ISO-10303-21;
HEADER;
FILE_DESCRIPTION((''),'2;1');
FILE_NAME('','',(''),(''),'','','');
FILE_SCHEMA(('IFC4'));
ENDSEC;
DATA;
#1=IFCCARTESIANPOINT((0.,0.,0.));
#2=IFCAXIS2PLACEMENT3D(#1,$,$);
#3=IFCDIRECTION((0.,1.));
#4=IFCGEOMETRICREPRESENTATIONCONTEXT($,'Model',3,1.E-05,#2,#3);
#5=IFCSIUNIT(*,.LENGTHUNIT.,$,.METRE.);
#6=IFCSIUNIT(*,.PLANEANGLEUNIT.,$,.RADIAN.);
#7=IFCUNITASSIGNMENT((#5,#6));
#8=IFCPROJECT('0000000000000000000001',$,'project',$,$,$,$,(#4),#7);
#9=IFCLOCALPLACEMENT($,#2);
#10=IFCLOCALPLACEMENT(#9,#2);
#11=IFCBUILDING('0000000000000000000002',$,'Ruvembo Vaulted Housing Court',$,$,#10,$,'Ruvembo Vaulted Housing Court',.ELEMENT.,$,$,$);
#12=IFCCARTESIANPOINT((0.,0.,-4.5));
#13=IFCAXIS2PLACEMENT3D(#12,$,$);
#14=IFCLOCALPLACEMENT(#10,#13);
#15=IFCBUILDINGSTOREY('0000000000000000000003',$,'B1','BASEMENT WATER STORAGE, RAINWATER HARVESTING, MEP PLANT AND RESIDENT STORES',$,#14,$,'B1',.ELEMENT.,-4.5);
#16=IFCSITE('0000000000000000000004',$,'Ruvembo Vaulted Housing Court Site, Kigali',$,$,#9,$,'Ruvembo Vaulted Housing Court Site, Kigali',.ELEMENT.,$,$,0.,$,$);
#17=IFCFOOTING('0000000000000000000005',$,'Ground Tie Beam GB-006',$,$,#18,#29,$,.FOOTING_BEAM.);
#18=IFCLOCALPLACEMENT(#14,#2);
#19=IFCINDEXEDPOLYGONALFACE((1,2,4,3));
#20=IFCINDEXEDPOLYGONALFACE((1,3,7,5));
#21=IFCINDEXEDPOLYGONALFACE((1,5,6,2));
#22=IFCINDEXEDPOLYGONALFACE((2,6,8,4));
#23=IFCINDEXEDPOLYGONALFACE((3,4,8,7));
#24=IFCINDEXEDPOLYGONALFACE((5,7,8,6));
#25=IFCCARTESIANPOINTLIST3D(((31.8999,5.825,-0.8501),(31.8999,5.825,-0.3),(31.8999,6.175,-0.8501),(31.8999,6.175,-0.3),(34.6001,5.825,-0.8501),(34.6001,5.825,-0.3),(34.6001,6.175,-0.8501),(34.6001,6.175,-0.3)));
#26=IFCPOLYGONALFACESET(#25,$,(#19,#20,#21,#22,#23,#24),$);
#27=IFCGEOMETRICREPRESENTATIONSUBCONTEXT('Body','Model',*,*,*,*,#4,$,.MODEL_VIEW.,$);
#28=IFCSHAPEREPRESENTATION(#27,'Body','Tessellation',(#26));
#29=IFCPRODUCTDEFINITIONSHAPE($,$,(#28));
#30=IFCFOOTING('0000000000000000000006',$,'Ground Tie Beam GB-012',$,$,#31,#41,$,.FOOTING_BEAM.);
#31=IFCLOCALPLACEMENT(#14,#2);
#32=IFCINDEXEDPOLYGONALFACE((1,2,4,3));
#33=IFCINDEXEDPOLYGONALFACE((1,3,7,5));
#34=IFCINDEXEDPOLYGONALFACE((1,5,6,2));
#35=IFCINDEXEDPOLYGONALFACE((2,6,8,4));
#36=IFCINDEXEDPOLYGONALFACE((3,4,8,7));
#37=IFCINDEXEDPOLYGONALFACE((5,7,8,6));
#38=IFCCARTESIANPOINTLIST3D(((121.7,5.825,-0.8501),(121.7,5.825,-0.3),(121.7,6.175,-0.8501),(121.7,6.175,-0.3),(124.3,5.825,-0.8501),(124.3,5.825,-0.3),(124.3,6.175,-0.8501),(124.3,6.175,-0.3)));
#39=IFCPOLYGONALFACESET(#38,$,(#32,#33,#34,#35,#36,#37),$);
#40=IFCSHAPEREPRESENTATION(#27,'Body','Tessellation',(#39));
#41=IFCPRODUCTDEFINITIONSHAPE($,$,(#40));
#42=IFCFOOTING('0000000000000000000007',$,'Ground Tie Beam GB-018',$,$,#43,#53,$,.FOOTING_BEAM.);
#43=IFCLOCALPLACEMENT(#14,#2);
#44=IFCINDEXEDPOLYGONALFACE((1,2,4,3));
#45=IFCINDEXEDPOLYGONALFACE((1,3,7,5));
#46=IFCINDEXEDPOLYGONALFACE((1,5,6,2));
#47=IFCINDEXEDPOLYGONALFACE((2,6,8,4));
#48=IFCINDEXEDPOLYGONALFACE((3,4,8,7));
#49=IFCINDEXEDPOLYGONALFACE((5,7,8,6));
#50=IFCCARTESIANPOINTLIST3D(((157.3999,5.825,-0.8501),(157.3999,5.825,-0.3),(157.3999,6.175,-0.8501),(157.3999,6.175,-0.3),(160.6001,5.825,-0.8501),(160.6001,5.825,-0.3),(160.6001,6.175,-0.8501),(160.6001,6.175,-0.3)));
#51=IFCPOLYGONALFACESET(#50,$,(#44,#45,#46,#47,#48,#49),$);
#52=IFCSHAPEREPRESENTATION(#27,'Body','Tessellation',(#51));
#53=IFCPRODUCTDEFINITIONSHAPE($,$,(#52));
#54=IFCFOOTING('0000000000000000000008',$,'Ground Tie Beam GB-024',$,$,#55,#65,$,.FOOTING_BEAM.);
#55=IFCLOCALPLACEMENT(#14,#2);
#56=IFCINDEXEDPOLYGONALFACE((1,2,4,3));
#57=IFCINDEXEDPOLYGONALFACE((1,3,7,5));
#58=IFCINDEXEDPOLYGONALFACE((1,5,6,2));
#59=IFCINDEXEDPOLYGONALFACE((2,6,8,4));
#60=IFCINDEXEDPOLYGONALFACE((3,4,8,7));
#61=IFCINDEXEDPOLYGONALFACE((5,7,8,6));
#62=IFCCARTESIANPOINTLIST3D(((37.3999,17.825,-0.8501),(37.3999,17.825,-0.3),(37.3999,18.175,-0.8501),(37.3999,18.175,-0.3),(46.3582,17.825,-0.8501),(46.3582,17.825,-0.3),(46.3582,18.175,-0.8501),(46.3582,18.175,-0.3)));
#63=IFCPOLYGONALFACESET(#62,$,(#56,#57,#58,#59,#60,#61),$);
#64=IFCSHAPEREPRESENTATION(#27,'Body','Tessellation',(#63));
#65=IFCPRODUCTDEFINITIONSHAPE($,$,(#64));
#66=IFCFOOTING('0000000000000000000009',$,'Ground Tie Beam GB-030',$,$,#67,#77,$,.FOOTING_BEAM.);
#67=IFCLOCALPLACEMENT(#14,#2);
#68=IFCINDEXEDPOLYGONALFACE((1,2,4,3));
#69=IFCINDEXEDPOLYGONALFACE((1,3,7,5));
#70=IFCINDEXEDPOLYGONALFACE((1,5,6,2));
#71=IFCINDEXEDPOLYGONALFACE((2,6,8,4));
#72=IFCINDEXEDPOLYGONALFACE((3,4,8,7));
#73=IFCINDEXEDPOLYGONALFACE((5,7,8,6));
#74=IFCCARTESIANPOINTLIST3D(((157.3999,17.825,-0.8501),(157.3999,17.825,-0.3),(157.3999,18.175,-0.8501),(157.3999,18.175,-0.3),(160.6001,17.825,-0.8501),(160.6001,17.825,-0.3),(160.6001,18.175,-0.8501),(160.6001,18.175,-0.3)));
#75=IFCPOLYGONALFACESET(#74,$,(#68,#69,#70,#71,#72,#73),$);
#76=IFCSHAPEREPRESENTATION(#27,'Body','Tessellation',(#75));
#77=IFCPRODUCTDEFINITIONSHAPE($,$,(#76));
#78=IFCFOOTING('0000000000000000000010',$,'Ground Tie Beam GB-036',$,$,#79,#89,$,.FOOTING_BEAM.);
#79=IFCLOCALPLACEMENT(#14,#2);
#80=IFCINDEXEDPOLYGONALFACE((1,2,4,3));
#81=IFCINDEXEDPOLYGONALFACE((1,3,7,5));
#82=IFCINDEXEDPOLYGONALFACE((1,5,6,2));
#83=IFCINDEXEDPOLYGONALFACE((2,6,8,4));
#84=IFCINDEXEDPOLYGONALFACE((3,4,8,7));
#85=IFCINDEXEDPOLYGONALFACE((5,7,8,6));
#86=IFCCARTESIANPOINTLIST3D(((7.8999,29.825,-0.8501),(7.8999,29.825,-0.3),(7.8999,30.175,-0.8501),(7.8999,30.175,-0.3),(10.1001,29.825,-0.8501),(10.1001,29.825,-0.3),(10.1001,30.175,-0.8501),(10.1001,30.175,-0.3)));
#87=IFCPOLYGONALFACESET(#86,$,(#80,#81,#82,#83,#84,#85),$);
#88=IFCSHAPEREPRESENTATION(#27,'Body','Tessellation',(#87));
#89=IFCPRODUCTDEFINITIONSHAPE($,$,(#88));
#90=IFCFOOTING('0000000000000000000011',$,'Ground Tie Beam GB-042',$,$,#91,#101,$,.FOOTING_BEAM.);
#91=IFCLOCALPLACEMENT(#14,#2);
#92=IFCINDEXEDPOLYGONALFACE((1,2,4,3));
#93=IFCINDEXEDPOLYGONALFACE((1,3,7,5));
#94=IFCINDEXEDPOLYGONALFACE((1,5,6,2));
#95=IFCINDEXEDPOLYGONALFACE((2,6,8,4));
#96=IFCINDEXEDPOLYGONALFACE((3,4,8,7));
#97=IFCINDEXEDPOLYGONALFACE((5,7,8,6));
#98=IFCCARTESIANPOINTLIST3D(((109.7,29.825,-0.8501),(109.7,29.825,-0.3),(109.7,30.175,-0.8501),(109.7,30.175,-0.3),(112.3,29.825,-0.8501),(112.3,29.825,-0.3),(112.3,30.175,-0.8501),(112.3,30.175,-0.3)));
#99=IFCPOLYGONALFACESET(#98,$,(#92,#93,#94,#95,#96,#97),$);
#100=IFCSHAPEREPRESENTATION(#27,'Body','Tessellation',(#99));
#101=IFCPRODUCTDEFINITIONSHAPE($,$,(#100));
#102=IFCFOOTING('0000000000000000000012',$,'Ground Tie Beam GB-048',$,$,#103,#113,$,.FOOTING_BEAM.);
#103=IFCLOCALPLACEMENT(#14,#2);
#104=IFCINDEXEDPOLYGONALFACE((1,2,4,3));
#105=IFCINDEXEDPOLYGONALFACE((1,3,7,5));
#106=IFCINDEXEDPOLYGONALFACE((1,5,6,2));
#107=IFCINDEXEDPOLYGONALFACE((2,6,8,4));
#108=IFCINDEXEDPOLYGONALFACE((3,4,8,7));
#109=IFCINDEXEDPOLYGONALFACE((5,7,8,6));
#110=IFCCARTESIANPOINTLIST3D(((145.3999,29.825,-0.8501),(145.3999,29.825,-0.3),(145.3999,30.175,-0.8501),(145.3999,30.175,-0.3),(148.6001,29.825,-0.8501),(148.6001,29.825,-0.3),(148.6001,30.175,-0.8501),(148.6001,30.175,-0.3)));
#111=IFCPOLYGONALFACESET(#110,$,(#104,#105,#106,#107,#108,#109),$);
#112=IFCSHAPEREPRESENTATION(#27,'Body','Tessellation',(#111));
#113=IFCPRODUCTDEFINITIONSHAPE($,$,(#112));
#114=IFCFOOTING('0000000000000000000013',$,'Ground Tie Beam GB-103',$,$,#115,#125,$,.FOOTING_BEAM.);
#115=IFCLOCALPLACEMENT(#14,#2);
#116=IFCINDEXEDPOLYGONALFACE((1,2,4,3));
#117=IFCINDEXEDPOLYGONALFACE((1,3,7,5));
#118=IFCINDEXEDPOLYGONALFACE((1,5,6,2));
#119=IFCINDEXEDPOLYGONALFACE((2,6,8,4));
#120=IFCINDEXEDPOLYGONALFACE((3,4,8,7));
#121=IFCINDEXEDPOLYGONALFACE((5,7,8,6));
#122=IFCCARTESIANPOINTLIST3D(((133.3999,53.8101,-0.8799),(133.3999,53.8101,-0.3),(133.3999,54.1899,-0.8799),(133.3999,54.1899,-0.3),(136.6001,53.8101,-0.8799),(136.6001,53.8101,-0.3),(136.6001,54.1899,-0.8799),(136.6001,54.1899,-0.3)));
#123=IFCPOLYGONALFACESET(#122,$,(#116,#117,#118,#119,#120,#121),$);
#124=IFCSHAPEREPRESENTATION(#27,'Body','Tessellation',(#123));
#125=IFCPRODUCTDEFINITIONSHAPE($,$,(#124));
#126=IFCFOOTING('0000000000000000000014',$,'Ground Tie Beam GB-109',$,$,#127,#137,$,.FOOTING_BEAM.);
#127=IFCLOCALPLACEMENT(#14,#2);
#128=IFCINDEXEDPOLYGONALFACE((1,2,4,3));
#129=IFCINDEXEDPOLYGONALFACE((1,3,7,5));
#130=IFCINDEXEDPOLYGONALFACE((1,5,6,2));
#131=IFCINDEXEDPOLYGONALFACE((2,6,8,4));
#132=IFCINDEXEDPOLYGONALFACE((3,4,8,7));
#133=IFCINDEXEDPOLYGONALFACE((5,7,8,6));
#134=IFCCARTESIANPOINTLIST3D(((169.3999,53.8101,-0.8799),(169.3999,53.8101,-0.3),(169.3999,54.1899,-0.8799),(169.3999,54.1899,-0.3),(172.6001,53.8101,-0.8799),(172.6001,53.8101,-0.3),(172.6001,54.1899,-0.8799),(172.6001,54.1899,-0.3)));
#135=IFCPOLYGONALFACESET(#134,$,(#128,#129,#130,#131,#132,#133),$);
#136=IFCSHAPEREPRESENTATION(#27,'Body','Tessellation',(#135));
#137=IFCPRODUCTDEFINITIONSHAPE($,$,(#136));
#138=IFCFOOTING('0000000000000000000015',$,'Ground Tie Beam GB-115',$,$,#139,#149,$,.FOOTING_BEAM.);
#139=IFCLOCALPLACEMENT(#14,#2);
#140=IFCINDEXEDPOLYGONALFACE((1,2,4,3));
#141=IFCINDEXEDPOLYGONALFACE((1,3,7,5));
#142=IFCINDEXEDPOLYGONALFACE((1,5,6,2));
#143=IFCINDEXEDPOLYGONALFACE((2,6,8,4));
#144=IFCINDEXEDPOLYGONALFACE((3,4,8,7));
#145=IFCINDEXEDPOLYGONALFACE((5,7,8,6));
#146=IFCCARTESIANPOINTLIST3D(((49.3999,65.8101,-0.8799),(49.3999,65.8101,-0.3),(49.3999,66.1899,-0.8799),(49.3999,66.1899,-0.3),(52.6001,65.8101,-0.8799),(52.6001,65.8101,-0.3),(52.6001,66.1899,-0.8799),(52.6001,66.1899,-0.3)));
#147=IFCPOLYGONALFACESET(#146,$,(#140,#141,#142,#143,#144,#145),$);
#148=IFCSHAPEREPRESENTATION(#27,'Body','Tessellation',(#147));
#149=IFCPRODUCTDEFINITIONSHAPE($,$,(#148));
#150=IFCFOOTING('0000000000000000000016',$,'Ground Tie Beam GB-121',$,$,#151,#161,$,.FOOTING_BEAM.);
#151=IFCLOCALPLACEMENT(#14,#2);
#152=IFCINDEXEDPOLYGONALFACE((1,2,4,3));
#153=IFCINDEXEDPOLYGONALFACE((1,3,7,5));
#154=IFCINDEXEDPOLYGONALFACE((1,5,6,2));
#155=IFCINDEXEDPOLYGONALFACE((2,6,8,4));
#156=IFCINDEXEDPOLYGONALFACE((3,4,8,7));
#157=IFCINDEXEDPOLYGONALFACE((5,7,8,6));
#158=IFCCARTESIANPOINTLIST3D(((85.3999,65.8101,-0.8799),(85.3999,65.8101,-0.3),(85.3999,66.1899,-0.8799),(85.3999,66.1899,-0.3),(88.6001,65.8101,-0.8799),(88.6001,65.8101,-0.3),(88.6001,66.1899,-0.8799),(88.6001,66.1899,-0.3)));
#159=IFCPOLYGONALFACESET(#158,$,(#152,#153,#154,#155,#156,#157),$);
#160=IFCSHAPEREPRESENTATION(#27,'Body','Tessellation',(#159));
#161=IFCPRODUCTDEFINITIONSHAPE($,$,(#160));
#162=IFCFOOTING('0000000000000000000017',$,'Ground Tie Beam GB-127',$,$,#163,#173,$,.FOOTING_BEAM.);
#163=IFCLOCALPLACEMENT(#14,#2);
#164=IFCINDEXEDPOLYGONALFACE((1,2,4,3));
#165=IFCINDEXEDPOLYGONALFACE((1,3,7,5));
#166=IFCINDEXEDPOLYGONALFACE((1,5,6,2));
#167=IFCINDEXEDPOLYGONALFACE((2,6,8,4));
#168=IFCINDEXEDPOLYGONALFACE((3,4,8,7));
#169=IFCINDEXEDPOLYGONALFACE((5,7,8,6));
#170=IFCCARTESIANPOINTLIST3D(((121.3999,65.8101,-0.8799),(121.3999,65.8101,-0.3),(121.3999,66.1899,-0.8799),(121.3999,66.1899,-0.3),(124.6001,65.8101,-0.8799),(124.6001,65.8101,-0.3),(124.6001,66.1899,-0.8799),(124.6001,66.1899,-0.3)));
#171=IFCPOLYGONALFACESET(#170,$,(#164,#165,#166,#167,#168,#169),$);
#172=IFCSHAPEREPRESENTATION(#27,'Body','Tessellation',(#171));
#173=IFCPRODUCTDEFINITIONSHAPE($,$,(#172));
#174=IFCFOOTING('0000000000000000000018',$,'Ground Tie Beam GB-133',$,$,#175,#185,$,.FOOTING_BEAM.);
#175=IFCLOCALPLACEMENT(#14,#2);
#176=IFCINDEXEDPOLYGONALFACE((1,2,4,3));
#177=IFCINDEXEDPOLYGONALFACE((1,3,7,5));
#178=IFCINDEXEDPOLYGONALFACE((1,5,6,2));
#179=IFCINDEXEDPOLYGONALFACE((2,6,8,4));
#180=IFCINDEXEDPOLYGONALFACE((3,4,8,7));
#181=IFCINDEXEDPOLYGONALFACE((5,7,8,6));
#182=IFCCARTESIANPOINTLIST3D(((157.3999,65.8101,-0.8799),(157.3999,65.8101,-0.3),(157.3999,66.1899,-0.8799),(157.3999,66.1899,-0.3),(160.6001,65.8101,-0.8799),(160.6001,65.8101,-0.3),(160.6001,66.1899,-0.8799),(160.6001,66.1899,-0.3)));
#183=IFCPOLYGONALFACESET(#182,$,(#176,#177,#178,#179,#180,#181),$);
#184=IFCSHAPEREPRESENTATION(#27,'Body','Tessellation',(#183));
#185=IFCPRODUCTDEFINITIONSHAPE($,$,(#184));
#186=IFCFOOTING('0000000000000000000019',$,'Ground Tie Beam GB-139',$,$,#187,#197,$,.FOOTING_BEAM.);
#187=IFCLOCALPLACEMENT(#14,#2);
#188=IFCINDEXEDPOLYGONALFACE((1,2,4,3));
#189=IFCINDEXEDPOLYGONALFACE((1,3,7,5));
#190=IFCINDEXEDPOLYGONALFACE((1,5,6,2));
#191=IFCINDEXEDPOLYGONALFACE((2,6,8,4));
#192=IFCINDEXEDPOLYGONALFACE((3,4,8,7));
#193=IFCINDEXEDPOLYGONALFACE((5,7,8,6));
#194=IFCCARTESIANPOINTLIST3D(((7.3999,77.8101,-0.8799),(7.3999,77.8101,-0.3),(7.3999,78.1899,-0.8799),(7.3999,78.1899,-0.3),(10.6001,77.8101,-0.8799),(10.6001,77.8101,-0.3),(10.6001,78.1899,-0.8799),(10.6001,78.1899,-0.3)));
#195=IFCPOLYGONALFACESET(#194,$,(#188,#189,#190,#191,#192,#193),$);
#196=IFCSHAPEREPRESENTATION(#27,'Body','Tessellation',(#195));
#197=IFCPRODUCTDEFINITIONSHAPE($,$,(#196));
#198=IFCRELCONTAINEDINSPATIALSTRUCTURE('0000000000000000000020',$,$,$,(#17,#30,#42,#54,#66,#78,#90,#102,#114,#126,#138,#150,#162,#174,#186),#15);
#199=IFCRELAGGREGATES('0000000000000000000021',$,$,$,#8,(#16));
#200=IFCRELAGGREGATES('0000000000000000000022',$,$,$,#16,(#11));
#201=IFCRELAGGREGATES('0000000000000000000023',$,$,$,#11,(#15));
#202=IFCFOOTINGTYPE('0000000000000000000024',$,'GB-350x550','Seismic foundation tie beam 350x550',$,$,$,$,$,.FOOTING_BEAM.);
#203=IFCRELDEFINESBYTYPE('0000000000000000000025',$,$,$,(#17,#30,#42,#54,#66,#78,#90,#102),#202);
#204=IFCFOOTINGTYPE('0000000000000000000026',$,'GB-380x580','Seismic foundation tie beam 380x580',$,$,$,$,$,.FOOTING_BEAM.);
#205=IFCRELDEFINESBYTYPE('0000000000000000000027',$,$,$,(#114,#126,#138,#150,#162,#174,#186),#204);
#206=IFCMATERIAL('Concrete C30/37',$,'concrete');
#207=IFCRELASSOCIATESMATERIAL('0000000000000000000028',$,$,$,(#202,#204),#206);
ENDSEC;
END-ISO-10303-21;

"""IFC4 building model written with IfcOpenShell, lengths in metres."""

from ifc_helpers import new_model, si_unit, direction, frame, origin, place, context, subcontext, project, spatial, polyline, outline, extrude, material, type_object, element, save


model = new_model("IFC4")

# Units and contexts
model_context = context("Model", 3, precision=1e-05, world=origin(), true_north=direction((0.0, 1.0)))
body_context = subcontext(model_context, "Body", "Model", "MODEL_VIEW")
ifc_project = project(units=[si_unit("LENGTHUNIT", "METRE"), si_unit("PLANEANGLEUNIT", "RADIAN")], contexts=[model_context])

# Site, building, storey
site_placement = place(None, origin())
site = spatial("IfcSite", under=ifc_project, at=site_placement, Name="Ruvembo Vaulted Housing Court Site, Kigali", LongName="Ruvembo Vaulted Housing Court Site, Kigali", CompositionType="ELEMENT", RefElevation=0.0)
building_placement = place(site_placement, origin())
building = spatial("IfcBuilding", under=site, at=building_placement, Name="Ruvembo Vaulted Housing Court", LongName="Ruvembo Vaulted Housing Court", CompositionType="ELEMENT")
storey_placement = place(building_placement, frame((0.0, 0.0, -4.5)))
storey = spatial("IfcBuildingStorey", under=building, at=storey_placement, Name="B1", Description="BASEMENT WATER STORAGE, RAINWATER HARVESTING, MEP PLANT AND RESIDENT STORES", LongName="B1", CompositionType="ELEMENT", Elevation=-4.5)

# Footings
ifc_material = material(Name="Concrete C30/37", Category="concrete")
footing_type_1 = type_object("IfcFootingType", Name="GB-350x550", Description="Seismic foundation tie beam 350x550", PredefinedType="FOOTING_BEAM", material=ifc_material)
footing_1_placement = place(storey_placement, frame((0.0, 0.0, -0.8501)))
element("IfcFooting", 1, at=footing_1_placement, inside=storey, type_object=footing_type_1, Name="Ground Tie Beam GB-006", PredefinedType="FOOTING_BEAM", context=body_context, shape_type="SweptSolid", body=[
    extrude(outline(polyline([(31.8999, 5.825), (34.6001, 5.825), (34.6001, 6.175), (31.8999, 6.175), (31.8999, 5.825)])), origin(), (0.0, 0.0, 1.0), 0.55),
])
footing_2_placement = place(storey_placement, frame((0.0, 0.0, -0.8501)))
element("IfcFooting", 2, at=footing_2_placement, inside=storey, type_object=footing_type_1, Name="Ground Tie Beam GB-012", PredefinedType="FOOTING_BEAM", context=body_context, shape_type="SweptSolid", body=[
    extrude(outline(polyline([(121.7, 5.825), (124.3, 5.825), (124.3, 6.175), (121.7, 6.175), (121.7, 5.825)])), origin(), (0.0, 0.0, 1.0), 0.55),
])
footing_3_placement = place(storey_placement, frame((0.0, 0.0, -0.8501)))
element("IfcFooting", 3, at=footing_3_placement, inside=storey, type_object=footing_type_1, Name="Ground Tie Beam GB-018", PredefinedType="FOOTING_BEAM", context=body_context, shape_type="SweptSolid", body=[
    extrude(outline(polyline([(157.3999, 5.825), (160.6001, 5.825), (160.6001, 6.175), (157.3999, 6.175), (157.3999, 5.825)])), origin(), (0.0, 0.0, 1.0), 0.55),
])
footing_4_placement = place(storey_placement, frame((0.0, 0.0, -0.8501)))
element("IfcFooting", 4, at=footing_4_placement, inside=storey, type_object=footing_type_1, Name="Ground Tie Beam GB-024", PredefinedType="FOOTING_BEAM", context=body_context, shape_type="SweptSolid", body=[
    extrude(outline(polyline([(37.3999, 17.825), (46.3582, 17.825), (46.3582, 18.175), (37.3999, 18.175), (37.3999, 17.825)])), origin(), (0.0, 0.0, 1.0), 0.55),
])
footing_5_placement = place(storey_placement, frame((0.0, 0.0, -0.8501)))
element("IfcFooting", 5, at=footing_5_placement, inside=storey, type_object=footing_type_1, Name="Ground Tie Beam GB-030", PredefinedType="FOOTING_BEAM", context=body_context, shape_type="SweptSolid", body=[
    extrude(outline(polyline([(157.3999, 17.825), (160.6001, 17.825), (160.6001, 18.175), (157.3999, 18.175), (157.3999, 17.825)])), origin(), (0.0, 0.0, 1.0), 0.55),
])
footing_6_placement = place(storey_placement, frame((0.0, 0.0, -0.8501)))
element("IfcFooting", 6, at=footing_6_placement, inside=storey, type_object=footing_type_1, Name="Ground Tie Beam GB-036", PredefinedType="FOOTING_BEAM", context=body_context, shape_type="SweptSolid", body=[
    extrude(outline(polyline([(7.8999, 29.825), (10.1001, 29.825), (10.1001, 30.175), (7.8999, 30.175), (7.8999, 29.825)])), origin(), (0.0, 0.0, 1.0), 0.55),
])
footing_7_placement = place(storey_placement, frame((0.0, 0.0, -0.8501)))
element("IfcFooting", 7, at=footing_7_placement, inside=storey, type_object=footing_type_1, Name="Ground Tie Beam GB-042", PredefinedType="FOOTING_BEAM", context=body_context, shape_type="SweptSolid", body=[
    extrude(outline(polyline([(109.7, 29.825), (112.3, 29.825), (112.3, 30.175), (109.7, 30.175), (109.7, 29.825)])), origin(), (0.0, 0.0, 1.0), 0.55),
])
footing_8_placement = place(storey_placement, frame((0.0, 0.0, -0.8501)))
element("IfcFooting", 8, at=footing_8_placement, inside=storey, type_object=footing_type_1, Name="Ground Tie Beam GB-048", PredefinedType="FOOTING_BEAM", context=body_context, shape_type="SweptSolid", body=[
    extrude(outline(polyline([(145.3999, 29.825), (148.6001, 29.825), (148.6001, 30.175), (145.3999, 30.175), (145.3999, 29.825)])), origin(), (0.0, 0.0, 1.0), 0.55),
])
footing_type_2 = type_object("IfcFootingType", Name="GB-380x580", Description="Seismic foundation tie beam 380x580", PredefinedType="FOOTING_BEAM", material=ifc_material)
footing_9_placement = place(storey_placement, frame((0.0, 0.0, -0.8799)))
element("IfcFooting", 9, at=footing_9_placement, inside=storey, type_object=footing_type_2, Name="Ground Tie Beam GB-103", PredefinedType="FOOTING_BEAM", context=body_context, shape_type="SweptSolid", body=[
    extrude(outline(polyline([(133.3999, 53.8101), (136.6001, 53.8101), (136.6001, 54.1899), (133.3999, 54.1899), (133.3999, 53.8101)])), origin(), (0.0, 0.0, 1.0), 0.5798),
])
footing_10_placement = place(storey_placement, frame((0.0, 0.0, -0.8799)))
element("IfcFooting", 10, at=footing_10_placement, inside=storey, type_object=footing_type_2, Name="Ground Tie Beam GB-109", PredefinedType="FOOTING_BEAM", context=body_context, shape_type="SweptSolid", body=[
    extrude(outline(polyline([(169.3999, 53.8101), (172.6001, 53.8101), (172.6001, 54.1899), (169.3999, 54.1899), (169.3999, 53.8101)])), origin(), (0.0, 0.0, 1.0), 0.5798),
])
footing_11_placement = place(storey_placement, frame((0.0, 0.0, -0.8799)))
element("IfcFooting", 11, at=footing_11_placement, inside=storey, type_object=footing_type_2, Name="Ground Tie Beam GB-115", PredefinedType="FOOTING_BEAM", context=body_context, shape_type="SweptSolid", body=[
    extrude(outline(polyline([(49.3999, 65.8101), (52.6001, 65.8101), (52.6001, 66.1899), (49.3999, 66.1899), (49.3999, 65.8101)])), origin(), (0.0, 0.0, 1.0), 0.5798),
])
footing_12_placement = place(storey_placement, frame((0.0, 0.0, -0.8799)))
element("IfcFooting", 12, at=footing_12_placement, inside=storey, type_object=footing_type_2, Name="Ground Tie Beam GB-121", PredefinedType="FOOTING_BEAM", context=body_context, shape_type="SweptSolid", body=[
    extrude(outline(polyline([(85.3999, 65.8101), (88.6001, 65.8101), (88.6001, 66.1899), (85.3999, 66.1899), (85.3999, 65.8101)])), origin(), (0.0, 0.0, 1.0), 0.5798),
])
footing_13_placement = place(storey_placement, frame((0.0, 0.0, -0.8799)))
element("IfcFooting", 13, at=footing_13_placement, inside=storey, type_object=footing_type_2, Name="Ground Tie Beam GB-127", PredefinedType="FOOTING_BEAM", context=body_context, shape_type="SweptSolid", body=[
    extrude(outline(polyline([(121.3999, 65.8101), (124.6001, 65.8101), (124.6001, 66.1899), (121.3999, 66.1899), (121.3999, 65.8101)])), origin(), (0.0, 0.0, 1.0), 0.5798),
])
footing_14_placement = place(storey_placement, frame((0.0, 0.0, -0.8799)))
element("IfcFooting", 14, at=footing_14_placement, inside=storey, type_object=footing_type_2, Name="Ground Tie Beam GB-133", PredefinedType="FOOTING_BEAM", context=body_context, shape_type="SweptSolid", body=[
    extrude(outline(polyline([(157.3999, 65.8101), (160.6001, 65.8101), (160.6001, 66.1899), (157.3999, 66.1899), (157.3999, 65.8101)])), origin(), (0.0, 0.0, 1.0), 0.5798),
])
footing_15_placement = place(storey_placement, frame((0.0, 0.0, -0.8799)))
element("IfcFooting", 15, at=footing_15_placement, inside=storey, type_object=footing_type_2, Name="Ground Tie Beam GB-139", PredefinedType="FOOTING_BEAM", context=body_context, shape_type="SweptSolid", body=[
    extrude(outline(polyline([(7.3999, 77.8101), (10.6001, 77.8101), (10.6001, 78.1899), (7.3999, 78.1899), (7.3999, 77.8101)])), origin(), (0.0, 0.0, 1.0), 0.5798),
])

save(model, "model.ifc")
